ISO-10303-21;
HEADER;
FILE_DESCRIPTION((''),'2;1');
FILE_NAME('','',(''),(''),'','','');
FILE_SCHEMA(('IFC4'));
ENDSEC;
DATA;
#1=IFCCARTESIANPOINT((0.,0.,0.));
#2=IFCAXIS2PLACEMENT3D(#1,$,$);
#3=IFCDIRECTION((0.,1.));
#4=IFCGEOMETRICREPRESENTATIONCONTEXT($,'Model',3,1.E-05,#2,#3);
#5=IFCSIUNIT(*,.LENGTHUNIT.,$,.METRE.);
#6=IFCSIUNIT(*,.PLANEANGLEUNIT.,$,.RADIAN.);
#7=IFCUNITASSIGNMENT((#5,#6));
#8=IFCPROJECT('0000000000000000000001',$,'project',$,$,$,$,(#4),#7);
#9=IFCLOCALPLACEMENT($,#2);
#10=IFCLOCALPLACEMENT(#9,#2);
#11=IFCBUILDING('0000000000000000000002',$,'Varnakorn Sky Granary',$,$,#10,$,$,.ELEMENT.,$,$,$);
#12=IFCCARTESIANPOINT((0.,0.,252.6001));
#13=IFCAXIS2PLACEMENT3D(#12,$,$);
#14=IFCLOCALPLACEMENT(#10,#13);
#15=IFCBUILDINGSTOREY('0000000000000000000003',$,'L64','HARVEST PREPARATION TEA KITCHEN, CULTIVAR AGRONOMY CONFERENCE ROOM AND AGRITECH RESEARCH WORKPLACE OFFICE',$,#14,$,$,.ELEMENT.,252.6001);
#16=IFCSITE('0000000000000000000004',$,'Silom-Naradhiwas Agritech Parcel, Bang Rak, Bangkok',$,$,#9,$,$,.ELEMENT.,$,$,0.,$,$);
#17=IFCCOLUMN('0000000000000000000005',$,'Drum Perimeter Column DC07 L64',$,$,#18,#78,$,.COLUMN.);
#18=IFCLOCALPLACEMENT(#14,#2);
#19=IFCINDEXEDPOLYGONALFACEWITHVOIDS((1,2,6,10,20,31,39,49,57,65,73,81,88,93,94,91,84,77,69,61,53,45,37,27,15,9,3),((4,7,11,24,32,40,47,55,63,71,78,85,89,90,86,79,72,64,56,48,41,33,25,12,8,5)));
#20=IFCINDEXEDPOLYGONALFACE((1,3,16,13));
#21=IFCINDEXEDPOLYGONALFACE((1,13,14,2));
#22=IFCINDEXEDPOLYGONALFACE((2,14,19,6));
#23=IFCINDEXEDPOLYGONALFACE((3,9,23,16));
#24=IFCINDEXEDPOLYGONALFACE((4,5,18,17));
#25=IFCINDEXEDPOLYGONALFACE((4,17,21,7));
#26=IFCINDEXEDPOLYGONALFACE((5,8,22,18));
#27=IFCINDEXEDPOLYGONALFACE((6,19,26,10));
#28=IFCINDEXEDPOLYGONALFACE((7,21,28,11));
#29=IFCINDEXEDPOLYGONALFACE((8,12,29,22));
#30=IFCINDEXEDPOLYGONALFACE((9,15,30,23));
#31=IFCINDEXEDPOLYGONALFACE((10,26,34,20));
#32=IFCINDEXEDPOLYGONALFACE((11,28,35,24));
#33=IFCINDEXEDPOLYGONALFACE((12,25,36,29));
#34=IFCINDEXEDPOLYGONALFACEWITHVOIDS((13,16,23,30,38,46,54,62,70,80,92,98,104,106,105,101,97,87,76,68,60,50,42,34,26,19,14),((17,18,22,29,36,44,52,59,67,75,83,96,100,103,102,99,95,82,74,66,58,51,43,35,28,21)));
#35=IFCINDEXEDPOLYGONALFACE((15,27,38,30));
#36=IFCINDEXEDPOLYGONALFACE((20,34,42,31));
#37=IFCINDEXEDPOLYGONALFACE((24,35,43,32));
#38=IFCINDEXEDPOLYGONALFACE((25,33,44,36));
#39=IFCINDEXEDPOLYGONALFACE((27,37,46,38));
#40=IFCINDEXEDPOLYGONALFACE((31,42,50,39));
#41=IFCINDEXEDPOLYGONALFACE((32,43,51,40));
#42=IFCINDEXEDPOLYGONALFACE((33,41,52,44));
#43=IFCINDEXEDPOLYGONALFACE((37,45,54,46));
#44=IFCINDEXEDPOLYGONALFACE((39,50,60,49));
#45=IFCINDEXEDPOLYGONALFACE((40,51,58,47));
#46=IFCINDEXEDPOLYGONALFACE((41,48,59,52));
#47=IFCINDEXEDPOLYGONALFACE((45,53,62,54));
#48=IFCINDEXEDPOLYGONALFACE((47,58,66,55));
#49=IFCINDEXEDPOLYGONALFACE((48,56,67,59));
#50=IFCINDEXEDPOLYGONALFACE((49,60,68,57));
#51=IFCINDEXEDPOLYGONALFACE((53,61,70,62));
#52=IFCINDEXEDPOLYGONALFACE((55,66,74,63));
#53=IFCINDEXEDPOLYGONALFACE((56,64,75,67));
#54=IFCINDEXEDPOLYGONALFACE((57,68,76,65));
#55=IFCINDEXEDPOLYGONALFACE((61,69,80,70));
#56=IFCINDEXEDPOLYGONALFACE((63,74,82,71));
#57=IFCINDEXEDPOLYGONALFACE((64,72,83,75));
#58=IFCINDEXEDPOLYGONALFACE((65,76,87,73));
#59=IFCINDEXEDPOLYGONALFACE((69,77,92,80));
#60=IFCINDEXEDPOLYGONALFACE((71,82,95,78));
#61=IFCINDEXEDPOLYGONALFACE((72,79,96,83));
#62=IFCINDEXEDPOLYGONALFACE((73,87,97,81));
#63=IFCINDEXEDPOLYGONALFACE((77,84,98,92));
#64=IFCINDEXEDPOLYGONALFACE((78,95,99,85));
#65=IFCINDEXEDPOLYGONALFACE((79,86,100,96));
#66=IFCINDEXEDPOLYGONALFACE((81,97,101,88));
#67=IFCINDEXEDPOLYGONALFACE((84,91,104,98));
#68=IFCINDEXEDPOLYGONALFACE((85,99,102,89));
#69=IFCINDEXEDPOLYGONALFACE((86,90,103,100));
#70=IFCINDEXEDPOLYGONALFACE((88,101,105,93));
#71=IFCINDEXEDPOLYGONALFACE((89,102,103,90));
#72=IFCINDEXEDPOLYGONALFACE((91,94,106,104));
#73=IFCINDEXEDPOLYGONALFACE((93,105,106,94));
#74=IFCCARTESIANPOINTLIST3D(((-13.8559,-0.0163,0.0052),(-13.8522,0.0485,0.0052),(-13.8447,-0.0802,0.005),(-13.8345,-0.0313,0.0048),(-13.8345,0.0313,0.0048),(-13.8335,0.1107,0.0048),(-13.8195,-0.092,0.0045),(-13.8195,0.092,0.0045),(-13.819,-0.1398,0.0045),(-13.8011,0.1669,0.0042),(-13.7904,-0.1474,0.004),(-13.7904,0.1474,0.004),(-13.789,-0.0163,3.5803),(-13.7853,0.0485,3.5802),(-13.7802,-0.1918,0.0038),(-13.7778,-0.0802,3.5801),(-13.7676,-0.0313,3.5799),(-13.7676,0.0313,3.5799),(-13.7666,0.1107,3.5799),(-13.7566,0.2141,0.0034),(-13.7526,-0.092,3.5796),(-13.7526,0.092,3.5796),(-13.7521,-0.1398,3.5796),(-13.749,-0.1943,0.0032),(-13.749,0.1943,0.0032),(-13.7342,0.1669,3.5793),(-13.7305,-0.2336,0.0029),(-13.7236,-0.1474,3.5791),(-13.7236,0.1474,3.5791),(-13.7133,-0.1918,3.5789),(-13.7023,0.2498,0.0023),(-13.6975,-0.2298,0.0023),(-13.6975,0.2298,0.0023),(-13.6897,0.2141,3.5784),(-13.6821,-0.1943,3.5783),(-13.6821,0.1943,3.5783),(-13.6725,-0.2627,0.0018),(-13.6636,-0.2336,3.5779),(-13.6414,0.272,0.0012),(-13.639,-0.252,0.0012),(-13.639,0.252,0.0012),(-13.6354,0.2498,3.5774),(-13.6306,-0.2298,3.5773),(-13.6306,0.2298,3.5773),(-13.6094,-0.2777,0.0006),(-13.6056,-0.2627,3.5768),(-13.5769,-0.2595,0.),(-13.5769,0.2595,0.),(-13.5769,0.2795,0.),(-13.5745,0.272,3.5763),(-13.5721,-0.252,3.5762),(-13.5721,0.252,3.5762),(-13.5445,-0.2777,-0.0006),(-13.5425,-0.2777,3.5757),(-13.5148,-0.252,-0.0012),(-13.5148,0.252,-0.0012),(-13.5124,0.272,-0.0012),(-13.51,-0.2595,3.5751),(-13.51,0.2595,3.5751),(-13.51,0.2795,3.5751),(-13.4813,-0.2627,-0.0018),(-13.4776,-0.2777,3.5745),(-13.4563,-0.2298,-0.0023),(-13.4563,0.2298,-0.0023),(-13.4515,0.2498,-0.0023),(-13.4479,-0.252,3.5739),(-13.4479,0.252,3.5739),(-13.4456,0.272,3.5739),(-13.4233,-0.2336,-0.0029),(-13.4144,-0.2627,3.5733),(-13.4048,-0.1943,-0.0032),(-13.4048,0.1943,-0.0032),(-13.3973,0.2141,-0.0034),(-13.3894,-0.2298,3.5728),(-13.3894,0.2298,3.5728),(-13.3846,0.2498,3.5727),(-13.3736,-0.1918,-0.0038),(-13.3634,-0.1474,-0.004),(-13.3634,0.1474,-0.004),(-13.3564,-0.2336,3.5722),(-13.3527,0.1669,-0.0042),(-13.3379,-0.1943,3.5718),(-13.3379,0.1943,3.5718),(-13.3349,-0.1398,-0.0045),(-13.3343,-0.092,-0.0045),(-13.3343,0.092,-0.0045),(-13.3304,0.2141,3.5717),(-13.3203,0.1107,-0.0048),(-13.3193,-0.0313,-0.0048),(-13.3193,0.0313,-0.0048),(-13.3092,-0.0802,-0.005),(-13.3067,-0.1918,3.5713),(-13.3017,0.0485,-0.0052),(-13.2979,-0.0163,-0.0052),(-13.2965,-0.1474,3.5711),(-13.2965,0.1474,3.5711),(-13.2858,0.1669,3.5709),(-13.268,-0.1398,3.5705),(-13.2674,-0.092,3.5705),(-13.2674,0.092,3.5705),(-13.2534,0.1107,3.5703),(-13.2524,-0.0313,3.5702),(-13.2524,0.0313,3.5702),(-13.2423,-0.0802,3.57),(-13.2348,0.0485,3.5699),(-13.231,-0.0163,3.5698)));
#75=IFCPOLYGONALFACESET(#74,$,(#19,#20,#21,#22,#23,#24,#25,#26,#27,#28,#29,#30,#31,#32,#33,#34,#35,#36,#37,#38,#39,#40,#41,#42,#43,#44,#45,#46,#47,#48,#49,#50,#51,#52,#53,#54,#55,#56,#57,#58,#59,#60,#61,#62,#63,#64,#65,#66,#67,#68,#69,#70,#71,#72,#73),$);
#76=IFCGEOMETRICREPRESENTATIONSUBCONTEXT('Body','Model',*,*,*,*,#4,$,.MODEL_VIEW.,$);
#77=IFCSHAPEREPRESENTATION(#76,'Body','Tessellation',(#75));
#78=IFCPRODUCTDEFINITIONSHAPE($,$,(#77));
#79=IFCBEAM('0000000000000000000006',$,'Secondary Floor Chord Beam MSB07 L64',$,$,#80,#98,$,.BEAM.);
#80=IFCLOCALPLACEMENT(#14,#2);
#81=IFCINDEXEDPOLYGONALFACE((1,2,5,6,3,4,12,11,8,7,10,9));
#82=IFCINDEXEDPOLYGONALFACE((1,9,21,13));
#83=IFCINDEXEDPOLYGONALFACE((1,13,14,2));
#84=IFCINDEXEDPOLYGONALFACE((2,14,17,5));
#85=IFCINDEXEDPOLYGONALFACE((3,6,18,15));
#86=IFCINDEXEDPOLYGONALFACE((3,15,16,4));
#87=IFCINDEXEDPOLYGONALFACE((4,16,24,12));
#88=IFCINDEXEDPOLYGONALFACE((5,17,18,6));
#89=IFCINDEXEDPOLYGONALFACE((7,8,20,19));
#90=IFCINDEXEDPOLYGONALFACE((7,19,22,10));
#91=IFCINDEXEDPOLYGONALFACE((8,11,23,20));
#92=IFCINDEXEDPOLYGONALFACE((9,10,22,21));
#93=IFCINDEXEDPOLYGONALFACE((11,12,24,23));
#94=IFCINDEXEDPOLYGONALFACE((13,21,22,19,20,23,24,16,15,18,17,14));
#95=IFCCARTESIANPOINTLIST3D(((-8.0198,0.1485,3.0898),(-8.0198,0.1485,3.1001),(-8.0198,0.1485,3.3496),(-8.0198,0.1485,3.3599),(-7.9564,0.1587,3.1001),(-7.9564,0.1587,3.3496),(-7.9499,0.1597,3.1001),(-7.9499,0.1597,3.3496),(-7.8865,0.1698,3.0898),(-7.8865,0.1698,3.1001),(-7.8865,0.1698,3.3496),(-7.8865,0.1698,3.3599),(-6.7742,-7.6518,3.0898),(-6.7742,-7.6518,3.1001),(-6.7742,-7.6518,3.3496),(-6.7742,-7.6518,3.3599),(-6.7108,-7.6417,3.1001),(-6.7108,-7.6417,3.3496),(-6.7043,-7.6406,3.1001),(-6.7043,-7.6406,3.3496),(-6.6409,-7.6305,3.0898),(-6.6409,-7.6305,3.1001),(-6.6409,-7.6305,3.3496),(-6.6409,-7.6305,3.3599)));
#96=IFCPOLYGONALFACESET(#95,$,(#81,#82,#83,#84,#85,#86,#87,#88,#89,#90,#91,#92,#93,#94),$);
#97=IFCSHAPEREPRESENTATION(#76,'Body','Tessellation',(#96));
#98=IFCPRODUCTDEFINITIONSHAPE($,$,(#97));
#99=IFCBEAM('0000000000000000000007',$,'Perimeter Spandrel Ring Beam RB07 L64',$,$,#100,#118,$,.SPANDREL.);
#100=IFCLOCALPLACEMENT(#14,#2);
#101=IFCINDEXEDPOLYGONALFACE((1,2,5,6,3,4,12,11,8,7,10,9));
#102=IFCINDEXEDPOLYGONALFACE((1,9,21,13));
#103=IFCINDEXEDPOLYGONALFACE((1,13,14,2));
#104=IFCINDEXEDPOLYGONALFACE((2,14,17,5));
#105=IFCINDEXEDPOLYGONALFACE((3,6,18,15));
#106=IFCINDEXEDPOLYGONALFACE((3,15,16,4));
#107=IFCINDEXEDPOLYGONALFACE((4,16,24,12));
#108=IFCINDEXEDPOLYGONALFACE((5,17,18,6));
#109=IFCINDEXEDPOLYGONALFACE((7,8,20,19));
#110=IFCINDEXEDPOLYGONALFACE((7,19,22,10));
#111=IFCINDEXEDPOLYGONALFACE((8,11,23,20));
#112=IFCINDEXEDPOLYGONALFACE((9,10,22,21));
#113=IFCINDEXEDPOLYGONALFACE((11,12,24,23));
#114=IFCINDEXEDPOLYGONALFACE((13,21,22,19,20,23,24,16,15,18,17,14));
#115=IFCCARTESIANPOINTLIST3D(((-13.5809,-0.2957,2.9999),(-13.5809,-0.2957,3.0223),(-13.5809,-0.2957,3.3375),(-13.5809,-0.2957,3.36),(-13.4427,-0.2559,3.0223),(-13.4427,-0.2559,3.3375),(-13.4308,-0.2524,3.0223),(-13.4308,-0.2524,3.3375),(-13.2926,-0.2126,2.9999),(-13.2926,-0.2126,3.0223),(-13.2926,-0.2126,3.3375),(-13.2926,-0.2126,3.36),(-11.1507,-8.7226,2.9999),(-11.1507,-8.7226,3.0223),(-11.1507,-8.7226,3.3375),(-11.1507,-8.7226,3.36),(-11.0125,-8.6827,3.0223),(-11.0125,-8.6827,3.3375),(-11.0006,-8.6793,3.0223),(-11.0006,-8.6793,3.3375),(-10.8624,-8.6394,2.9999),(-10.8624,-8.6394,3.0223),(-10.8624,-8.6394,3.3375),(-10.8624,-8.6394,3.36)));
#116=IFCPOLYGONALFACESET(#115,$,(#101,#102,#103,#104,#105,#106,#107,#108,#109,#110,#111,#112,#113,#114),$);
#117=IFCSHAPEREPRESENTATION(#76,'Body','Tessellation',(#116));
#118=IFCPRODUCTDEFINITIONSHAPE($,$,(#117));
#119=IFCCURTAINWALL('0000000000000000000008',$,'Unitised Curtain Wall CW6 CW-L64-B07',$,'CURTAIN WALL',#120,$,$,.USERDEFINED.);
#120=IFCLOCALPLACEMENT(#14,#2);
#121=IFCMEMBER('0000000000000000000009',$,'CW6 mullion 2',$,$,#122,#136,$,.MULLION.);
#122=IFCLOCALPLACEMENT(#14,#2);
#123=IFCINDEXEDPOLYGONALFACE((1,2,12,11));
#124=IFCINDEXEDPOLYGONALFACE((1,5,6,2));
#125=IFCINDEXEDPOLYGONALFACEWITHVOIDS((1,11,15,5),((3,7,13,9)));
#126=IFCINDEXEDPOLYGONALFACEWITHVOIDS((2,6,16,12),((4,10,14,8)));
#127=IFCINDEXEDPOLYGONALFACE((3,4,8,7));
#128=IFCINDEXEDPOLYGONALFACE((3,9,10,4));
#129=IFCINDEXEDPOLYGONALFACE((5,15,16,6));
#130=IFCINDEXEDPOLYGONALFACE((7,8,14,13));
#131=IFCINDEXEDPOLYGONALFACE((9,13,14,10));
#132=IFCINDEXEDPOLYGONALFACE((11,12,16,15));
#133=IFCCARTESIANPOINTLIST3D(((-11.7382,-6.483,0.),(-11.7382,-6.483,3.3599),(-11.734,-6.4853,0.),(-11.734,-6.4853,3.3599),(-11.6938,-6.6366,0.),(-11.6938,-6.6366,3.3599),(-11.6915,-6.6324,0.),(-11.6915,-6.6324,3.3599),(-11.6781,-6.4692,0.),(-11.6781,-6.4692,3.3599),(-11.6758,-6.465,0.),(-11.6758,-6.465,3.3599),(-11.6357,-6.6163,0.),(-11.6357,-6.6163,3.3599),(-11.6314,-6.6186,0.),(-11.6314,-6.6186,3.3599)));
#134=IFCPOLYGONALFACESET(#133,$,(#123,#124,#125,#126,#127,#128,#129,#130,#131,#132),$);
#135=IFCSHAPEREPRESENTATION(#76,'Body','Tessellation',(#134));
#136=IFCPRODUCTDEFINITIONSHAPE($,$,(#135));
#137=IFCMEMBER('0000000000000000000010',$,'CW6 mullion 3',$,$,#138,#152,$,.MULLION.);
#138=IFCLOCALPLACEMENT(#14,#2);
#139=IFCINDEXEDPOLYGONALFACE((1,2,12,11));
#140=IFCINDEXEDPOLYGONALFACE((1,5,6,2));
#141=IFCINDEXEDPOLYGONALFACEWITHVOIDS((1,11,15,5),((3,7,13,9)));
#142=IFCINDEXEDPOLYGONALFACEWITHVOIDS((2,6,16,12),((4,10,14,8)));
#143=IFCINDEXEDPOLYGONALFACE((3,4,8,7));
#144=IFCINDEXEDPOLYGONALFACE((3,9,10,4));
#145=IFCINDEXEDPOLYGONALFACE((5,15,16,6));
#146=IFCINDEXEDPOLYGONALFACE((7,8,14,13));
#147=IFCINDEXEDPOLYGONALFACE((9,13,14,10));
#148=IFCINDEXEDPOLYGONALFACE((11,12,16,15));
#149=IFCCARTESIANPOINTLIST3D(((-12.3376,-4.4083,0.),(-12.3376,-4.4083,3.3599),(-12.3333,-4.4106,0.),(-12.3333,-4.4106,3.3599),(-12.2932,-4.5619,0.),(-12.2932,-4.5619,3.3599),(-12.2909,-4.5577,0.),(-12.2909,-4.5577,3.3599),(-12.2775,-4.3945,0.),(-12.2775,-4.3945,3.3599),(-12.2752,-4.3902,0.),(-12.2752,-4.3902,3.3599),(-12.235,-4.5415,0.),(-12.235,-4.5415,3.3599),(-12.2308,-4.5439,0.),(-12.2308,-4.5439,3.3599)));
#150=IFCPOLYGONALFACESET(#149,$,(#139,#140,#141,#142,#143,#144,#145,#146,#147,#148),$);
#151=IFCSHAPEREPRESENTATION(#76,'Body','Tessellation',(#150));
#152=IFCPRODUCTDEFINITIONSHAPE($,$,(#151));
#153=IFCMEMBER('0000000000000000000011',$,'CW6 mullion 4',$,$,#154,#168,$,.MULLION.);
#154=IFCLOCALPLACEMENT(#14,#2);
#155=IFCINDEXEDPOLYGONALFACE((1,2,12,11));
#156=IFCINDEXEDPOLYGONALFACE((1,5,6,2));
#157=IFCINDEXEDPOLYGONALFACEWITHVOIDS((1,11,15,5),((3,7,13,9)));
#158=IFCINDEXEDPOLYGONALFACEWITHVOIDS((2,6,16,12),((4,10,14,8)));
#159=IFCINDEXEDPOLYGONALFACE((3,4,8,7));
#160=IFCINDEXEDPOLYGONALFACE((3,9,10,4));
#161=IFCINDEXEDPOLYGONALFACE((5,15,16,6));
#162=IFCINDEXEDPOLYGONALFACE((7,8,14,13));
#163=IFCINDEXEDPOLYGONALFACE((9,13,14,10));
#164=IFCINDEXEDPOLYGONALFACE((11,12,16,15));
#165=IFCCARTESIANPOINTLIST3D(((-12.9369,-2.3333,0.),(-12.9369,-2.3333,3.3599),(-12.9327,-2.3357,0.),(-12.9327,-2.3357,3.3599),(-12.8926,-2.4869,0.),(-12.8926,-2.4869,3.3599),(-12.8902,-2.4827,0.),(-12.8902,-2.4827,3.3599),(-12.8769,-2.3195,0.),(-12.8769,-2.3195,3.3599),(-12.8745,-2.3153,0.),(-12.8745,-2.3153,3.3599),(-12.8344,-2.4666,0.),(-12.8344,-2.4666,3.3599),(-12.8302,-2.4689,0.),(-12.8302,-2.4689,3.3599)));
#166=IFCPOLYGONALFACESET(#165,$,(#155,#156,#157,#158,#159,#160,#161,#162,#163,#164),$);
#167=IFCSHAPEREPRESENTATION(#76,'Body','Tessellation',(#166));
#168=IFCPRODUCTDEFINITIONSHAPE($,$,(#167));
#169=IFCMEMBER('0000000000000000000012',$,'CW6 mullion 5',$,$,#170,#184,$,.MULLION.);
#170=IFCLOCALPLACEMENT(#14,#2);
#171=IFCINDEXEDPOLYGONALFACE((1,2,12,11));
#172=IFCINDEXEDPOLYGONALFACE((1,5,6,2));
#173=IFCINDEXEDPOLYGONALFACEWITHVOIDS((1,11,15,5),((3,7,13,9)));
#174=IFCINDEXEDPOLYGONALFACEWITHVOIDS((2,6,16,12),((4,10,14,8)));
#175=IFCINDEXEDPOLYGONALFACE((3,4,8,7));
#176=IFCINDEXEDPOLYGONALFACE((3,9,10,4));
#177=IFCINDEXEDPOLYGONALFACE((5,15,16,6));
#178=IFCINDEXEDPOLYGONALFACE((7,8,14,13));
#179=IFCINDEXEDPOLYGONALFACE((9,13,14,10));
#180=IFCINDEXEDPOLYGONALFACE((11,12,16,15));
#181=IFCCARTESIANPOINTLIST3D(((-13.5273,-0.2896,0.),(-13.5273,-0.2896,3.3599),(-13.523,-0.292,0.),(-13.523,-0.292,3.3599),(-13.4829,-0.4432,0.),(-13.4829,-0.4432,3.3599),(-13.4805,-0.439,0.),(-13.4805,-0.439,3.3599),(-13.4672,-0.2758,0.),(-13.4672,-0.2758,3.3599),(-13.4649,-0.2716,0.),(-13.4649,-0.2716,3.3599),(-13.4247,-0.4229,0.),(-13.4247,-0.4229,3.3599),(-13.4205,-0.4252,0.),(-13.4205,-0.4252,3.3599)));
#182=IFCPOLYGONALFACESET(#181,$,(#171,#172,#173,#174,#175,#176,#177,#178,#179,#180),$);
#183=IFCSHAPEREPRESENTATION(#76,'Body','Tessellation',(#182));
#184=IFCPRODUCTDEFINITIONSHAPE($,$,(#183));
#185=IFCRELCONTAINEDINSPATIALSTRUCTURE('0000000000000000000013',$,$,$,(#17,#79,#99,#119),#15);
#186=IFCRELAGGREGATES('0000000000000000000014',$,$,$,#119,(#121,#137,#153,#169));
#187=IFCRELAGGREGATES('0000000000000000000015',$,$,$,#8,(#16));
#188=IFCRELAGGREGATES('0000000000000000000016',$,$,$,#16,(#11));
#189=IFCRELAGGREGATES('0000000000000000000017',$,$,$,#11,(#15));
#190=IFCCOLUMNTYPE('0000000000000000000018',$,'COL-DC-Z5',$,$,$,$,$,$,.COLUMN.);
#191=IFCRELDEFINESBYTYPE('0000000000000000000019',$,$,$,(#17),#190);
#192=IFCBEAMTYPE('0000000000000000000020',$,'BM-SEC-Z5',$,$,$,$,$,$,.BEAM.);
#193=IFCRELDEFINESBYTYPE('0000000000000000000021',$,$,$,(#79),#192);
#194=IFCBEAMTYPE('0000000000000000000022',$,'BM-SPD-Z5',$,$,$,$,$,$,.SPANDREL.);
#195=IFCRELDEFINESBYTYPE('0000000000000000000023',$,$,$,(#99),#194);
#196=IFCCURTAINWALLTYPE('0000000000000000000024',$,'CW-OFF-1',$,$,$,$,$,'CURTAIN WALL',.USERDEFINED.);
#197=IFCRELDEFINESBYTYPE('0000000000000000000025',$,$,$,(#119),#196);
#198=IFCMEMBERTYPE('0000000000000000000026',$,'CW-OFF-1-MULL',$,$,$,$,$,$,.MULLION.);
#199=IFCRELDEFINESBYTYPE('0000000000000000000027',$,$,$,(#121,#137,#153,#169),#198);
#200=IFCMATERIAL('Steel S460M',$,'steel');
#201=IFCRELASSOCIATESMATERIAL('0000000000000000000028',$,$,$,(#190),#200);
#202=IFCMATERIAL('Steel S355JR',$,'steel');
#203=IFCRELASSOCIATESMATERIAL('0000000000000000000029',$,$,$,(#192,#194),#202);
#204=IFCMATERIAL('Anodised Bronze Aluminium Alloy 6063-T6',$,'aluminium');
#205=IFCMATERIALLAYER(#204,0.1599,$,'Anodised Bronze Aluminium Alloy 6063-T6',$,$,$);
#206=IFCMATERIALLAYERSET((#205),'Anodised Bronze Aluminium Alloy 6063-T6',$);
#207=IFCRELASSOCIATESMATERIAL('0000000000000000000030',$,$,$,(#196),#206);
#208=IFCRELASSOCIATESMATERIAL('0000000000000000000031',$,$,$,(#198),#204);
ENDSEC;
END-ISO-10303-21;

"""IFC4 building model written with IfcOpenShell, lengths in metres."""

from ifc_helpers import new_model, si_unit, direction, frame, origin, origin_2d, place, context, subcontext, project, spatial, hollow_rectangle, hollow_circle, i_section, extrude, material, layer, layer_set, material_profile, profile_set, type_object, element, aggregate, save


model = new_model("IFC4")

# Units and contexts
model_context = context("Model", 3, precision=1e-05, world=origin(), true_north=direction((0.0, 1.0)))
body_context = subcontext(model_context, "Body", "Model", "MODEL_VIEW")
ifc_project = project(units=[si_unit("LENGTHUNIT", "METRE"), si_unit("PLANEANGLEUNIT", "RADIAN")], contexts=[model_context])

# Site, building, storey
site_placement = place(None, origin())
site = spatial("IfcSite", under=ifc_project, at=site_placement, Name="Silom-Naradhiwas Agritech Parcel, Bang Rak, Bangkok", CompositionType="ELEMENT", RefElevation=0.0)
building_placement = place(site_placement, origin())
building = spatial("IfcBuilding", under=site, at=building_placement, Name="Varnakorn Sky Granary", CompositionType="ELEMENT")
storey_placement = place(building_placement, frame((0.0, 0.0, 252.6001)))
storey = spatial("IfcBuildingStorey", under=building, at=storey_placement, Name="L64", Description="HARVEST PREPARATION TEA KITCHEN, CULTIVAR AGRONOMY CONFERENCE ROOM AND AGRITECH RESEARCH WORKPLACE OFFICE", CompositionType="ELEMENT", Elevation=252.6001)

# Column
ifc_material_1 = material(Name="Steel S460M", Category="steel")
ifc_material_profile_1 = material_profile(ifc_material_1, hollow_circle(Radius=0.2795, WallThickness=0.02, at=origin_2d()), Name="CHS 559x20")
ifc_profile_set_1 = profile_set([ifc_material_profile_1], Name="Steel S460M")
column_type = type_object("IfcColumnType", Name="COL-DC-Z5", PredefinedType="COLUMN", material=ifc_profile_set_1)
column_placement = place(storey_placement, frame((-13.5769, 0.0, 0.0), z_axis=(0.018709, 0.0, 0.999825), x_axis=(0.0, 1.0, 0.0)))
element("IfcColumn", 1, at=column_placement, inside=storey, type_object=column_type, Name="Drum Perimeter Column DC07 L64", PredefinedType="COLUMN", context=body_context, shape_type="SweptSolid", body=[
    extrude(hollow_circle(Radius=0.2795, WallThickness=0.02, at=origin_2d()), origin(), (0.0, 0.0, 1.0), 3.5757),
])

# Beams
ifc_material_2 = material(Name="Steel S355JR", Category="steel")
ifc_material_profile_2 = material_profile(ifc_material_2, i_section(OverallWidth=0.135, OverallDepth=0.27, WebThickness=0.0066, FlangeThickness=0.0103, at=origin_2d()), Name="IPE 270")
ifc_profile_set_2 = profile_set([ifc_material_profile_2], Name="Steel S355JR")
beam_type_1 = type_object("IfcBeamType", Name="BM-SEC-Z5", PredefinedType="BEAM", material=ifc_profile_set_2)
beam_1_placement = place(storey_placement, frame((-7.9531, 0.1592, 3.2249), z_axis=(0.157689, -0.987489, 0.0), x_axis=(0.987489, 0.157689, 0.0)))
element("IfcBeam", 2, at=beam_1_placement, inside=storey, type_object=beam_type_1, Name="Secondary Floor Chord Beam MSB07 L64", PredefinedType="BEAM", context=body_context, shape_type="SweptSolid", body=[
    extrude(i_section(OverallWidth=0.135, OverallDepth=0.27, WebThickness=0.0066, FlangeThickness=0.0103, at=origin_2d()), origin(), (0.0, 0.0, 1.0), 7.8992),
])
ifc_material_profile_3 = material_profile(ifc_material_2, i_section(OverallWidth=0.3, OverallDepth=0.3601, WebThickness=0.0125, FlangeThickness=0.0225, at=origin_2d()), Name="HE 360 B")
ifc_profile_set_3 = profile_set([ifc_material_profile_3], Name="Steel S355JR")
beam_type_2 = type_object("IfcBeamType", Name="BM-SPD-Z5", PredefinedType="SPANDREL", material=ifc_profile_set_3)
beam_2_placement = place(storey_placement, frame((-13.4368, -0.2542, 3.1799), z_axis=(0.277095, -0.960842, 0.0), x_axis=(0.960842, 0.277095, 0.0)))
element("IfcBeam", 3, at=beam_2_placement, inside=storey, type_object=beam_type_2, Name="Perimeter Spandrel Ring Beam RB07 L64", PredefinedType="SPANDREL", context=body_context, shape_type="SweptSolid", body=[
    extrude(i_section(OverallWidth=0.3, OverallDepth=0.3601, WebThickness=0.0125, FlangeThickness=0.0225, at=origin_2d()), origin(), (0.0, 0.0, 1.0), 8.7703),
])

# Curtain wall, members
ifc_material_3 = material(Name="Anodised Bronze Aluminium Alloy 6063-T6", Category="aluminium")
ifc_layer_1 = layer(ifc_material_3, 0.1599, Name="Anodised Bronze Aluminium Alloy 6063-T6")
ifc_layer_set_1 = layer_set([ifc_layer_1], Name="Anodised Bronze Aluminium Alloy 6063-T6")
curtain_wall_type = type_object("IfcCurtainWallType", Name="CW-OFF-1", ElementType="CURTAIN WALL", PredefinedType="USERDEFINED", material=ifc_layer_set_1)
curtain_wall_placement = place(storey_placement, origin())
curtain_wall = element("IfcCurtainWall", 4, at=curtain_wall_placement, inside=storey, type_object=curtain_wall_type, Name="Unitised Curtain Wall CW6 CW-L64-B07", ObjectType="CURTAIN WALL", PredefinedType="USERDEFINED")
ifc_material_profile_4 = material_profile(ifc_material_3, hollow_rectangle(XDim=0.0649, YDim=0.1599, WallThickness=0.0034, at=origin_2d()), Name="ALU MULL 65x160")
ifc_profile_set_4 = profile_set([ifc_material_profile_4], Name="Anodised Bronze Aluminium Alloy 6063-T6")
member_type_1 = type_object("IfcMemberType", Name="CW-OFF-1-MULL", PredefinedType="MULLION", material=ifc_profile_set_4)
member_1_placement = place(storey_placement, frame((-11.6848, -6.5508, 0.0), z_axis=(0.0, 0.0, 1.0), x_axis=(-0.960725, -0.277501, 0.0)))
member_1 = element("IfcMember", 5, at=member_1_placement, type_object=member_type_1, Name="CW6 mullion 2", PredefinedType="MULLION", context=body_context, shape_type="SweptSolid", body=[
    extrude(hollow_rectangle(XDim=0.0649, YDim=0.1599, WallThickness=0.0034, at=origin_2d()), origin(), (0.0, 0.0, 1.0), 3.3599),
])
member_2_placement = place(storey_placement, frame((-12.2842, -4.4761, 0.0), z_axis=(0.0, 0.0, 1.0), x_axis=(-0.960725, -0.277501, 0.0)))
member_2 = element("IfcMember", 6, at=member_2_placement, type_object=member_type_1, Name="CW6 mullion 3", PredefinedType="MULLION", context=body_context, shape_type="SweptSolid", body=[
    extrude(hollow_rectangle(XDim=0.0649, YDim=0.1599, WallThickness=0.0034, at=origin_2d()), origin(), (0.0, 0.0, 1.0), 3.3599),
])
member_3_placement = place(storey_placement, frame((-12.8835, -2.4011, 0.0), z_axis=(0.0, 0.0, 1.0), x_axis=(-0.960725, -0.277501, 0.0)))
member_3 = element("IfcMember", 7, at=member_3_placement, type_object=member_type_1, Name="CW6 mullion 4", PredefinedType="MULLION", context=body_context, shape_type="SweptSolid", body=[
    extrude(hollow_rectangle(XDim=0.0649, YDim=0.1599, WallThickness=0.0034, at=origin_2d()), origin(), (0.0, 0.0, 1.0), 3.3599),
])
member_4_placement = place(storey_placement, frame((-13.4739, -0.3574, 0.0), z_axis=(0.0, 0.0, 1.0), x_axis=(-0.960725, -0.277501, 0.0)))
member_4 = element("IfcMember", 8, at=member_4_placement, type_object=member_type_1, Name="CW6 mullion 5", PredefinedType="MULLION", context=body_context, shape_type="SweptSolid", body=[
    extrude(hollow_rectangle(XDim=0.0649, YDim=0.1599, WallThickness=0.0034, at=origin_2d()), origin(), (0.0, 0.0, 1.0), 3.3599),
])

aggregate(curtain_wall, [member_1, member_2, member_3, member_4])

save(model, "model.ifc")
